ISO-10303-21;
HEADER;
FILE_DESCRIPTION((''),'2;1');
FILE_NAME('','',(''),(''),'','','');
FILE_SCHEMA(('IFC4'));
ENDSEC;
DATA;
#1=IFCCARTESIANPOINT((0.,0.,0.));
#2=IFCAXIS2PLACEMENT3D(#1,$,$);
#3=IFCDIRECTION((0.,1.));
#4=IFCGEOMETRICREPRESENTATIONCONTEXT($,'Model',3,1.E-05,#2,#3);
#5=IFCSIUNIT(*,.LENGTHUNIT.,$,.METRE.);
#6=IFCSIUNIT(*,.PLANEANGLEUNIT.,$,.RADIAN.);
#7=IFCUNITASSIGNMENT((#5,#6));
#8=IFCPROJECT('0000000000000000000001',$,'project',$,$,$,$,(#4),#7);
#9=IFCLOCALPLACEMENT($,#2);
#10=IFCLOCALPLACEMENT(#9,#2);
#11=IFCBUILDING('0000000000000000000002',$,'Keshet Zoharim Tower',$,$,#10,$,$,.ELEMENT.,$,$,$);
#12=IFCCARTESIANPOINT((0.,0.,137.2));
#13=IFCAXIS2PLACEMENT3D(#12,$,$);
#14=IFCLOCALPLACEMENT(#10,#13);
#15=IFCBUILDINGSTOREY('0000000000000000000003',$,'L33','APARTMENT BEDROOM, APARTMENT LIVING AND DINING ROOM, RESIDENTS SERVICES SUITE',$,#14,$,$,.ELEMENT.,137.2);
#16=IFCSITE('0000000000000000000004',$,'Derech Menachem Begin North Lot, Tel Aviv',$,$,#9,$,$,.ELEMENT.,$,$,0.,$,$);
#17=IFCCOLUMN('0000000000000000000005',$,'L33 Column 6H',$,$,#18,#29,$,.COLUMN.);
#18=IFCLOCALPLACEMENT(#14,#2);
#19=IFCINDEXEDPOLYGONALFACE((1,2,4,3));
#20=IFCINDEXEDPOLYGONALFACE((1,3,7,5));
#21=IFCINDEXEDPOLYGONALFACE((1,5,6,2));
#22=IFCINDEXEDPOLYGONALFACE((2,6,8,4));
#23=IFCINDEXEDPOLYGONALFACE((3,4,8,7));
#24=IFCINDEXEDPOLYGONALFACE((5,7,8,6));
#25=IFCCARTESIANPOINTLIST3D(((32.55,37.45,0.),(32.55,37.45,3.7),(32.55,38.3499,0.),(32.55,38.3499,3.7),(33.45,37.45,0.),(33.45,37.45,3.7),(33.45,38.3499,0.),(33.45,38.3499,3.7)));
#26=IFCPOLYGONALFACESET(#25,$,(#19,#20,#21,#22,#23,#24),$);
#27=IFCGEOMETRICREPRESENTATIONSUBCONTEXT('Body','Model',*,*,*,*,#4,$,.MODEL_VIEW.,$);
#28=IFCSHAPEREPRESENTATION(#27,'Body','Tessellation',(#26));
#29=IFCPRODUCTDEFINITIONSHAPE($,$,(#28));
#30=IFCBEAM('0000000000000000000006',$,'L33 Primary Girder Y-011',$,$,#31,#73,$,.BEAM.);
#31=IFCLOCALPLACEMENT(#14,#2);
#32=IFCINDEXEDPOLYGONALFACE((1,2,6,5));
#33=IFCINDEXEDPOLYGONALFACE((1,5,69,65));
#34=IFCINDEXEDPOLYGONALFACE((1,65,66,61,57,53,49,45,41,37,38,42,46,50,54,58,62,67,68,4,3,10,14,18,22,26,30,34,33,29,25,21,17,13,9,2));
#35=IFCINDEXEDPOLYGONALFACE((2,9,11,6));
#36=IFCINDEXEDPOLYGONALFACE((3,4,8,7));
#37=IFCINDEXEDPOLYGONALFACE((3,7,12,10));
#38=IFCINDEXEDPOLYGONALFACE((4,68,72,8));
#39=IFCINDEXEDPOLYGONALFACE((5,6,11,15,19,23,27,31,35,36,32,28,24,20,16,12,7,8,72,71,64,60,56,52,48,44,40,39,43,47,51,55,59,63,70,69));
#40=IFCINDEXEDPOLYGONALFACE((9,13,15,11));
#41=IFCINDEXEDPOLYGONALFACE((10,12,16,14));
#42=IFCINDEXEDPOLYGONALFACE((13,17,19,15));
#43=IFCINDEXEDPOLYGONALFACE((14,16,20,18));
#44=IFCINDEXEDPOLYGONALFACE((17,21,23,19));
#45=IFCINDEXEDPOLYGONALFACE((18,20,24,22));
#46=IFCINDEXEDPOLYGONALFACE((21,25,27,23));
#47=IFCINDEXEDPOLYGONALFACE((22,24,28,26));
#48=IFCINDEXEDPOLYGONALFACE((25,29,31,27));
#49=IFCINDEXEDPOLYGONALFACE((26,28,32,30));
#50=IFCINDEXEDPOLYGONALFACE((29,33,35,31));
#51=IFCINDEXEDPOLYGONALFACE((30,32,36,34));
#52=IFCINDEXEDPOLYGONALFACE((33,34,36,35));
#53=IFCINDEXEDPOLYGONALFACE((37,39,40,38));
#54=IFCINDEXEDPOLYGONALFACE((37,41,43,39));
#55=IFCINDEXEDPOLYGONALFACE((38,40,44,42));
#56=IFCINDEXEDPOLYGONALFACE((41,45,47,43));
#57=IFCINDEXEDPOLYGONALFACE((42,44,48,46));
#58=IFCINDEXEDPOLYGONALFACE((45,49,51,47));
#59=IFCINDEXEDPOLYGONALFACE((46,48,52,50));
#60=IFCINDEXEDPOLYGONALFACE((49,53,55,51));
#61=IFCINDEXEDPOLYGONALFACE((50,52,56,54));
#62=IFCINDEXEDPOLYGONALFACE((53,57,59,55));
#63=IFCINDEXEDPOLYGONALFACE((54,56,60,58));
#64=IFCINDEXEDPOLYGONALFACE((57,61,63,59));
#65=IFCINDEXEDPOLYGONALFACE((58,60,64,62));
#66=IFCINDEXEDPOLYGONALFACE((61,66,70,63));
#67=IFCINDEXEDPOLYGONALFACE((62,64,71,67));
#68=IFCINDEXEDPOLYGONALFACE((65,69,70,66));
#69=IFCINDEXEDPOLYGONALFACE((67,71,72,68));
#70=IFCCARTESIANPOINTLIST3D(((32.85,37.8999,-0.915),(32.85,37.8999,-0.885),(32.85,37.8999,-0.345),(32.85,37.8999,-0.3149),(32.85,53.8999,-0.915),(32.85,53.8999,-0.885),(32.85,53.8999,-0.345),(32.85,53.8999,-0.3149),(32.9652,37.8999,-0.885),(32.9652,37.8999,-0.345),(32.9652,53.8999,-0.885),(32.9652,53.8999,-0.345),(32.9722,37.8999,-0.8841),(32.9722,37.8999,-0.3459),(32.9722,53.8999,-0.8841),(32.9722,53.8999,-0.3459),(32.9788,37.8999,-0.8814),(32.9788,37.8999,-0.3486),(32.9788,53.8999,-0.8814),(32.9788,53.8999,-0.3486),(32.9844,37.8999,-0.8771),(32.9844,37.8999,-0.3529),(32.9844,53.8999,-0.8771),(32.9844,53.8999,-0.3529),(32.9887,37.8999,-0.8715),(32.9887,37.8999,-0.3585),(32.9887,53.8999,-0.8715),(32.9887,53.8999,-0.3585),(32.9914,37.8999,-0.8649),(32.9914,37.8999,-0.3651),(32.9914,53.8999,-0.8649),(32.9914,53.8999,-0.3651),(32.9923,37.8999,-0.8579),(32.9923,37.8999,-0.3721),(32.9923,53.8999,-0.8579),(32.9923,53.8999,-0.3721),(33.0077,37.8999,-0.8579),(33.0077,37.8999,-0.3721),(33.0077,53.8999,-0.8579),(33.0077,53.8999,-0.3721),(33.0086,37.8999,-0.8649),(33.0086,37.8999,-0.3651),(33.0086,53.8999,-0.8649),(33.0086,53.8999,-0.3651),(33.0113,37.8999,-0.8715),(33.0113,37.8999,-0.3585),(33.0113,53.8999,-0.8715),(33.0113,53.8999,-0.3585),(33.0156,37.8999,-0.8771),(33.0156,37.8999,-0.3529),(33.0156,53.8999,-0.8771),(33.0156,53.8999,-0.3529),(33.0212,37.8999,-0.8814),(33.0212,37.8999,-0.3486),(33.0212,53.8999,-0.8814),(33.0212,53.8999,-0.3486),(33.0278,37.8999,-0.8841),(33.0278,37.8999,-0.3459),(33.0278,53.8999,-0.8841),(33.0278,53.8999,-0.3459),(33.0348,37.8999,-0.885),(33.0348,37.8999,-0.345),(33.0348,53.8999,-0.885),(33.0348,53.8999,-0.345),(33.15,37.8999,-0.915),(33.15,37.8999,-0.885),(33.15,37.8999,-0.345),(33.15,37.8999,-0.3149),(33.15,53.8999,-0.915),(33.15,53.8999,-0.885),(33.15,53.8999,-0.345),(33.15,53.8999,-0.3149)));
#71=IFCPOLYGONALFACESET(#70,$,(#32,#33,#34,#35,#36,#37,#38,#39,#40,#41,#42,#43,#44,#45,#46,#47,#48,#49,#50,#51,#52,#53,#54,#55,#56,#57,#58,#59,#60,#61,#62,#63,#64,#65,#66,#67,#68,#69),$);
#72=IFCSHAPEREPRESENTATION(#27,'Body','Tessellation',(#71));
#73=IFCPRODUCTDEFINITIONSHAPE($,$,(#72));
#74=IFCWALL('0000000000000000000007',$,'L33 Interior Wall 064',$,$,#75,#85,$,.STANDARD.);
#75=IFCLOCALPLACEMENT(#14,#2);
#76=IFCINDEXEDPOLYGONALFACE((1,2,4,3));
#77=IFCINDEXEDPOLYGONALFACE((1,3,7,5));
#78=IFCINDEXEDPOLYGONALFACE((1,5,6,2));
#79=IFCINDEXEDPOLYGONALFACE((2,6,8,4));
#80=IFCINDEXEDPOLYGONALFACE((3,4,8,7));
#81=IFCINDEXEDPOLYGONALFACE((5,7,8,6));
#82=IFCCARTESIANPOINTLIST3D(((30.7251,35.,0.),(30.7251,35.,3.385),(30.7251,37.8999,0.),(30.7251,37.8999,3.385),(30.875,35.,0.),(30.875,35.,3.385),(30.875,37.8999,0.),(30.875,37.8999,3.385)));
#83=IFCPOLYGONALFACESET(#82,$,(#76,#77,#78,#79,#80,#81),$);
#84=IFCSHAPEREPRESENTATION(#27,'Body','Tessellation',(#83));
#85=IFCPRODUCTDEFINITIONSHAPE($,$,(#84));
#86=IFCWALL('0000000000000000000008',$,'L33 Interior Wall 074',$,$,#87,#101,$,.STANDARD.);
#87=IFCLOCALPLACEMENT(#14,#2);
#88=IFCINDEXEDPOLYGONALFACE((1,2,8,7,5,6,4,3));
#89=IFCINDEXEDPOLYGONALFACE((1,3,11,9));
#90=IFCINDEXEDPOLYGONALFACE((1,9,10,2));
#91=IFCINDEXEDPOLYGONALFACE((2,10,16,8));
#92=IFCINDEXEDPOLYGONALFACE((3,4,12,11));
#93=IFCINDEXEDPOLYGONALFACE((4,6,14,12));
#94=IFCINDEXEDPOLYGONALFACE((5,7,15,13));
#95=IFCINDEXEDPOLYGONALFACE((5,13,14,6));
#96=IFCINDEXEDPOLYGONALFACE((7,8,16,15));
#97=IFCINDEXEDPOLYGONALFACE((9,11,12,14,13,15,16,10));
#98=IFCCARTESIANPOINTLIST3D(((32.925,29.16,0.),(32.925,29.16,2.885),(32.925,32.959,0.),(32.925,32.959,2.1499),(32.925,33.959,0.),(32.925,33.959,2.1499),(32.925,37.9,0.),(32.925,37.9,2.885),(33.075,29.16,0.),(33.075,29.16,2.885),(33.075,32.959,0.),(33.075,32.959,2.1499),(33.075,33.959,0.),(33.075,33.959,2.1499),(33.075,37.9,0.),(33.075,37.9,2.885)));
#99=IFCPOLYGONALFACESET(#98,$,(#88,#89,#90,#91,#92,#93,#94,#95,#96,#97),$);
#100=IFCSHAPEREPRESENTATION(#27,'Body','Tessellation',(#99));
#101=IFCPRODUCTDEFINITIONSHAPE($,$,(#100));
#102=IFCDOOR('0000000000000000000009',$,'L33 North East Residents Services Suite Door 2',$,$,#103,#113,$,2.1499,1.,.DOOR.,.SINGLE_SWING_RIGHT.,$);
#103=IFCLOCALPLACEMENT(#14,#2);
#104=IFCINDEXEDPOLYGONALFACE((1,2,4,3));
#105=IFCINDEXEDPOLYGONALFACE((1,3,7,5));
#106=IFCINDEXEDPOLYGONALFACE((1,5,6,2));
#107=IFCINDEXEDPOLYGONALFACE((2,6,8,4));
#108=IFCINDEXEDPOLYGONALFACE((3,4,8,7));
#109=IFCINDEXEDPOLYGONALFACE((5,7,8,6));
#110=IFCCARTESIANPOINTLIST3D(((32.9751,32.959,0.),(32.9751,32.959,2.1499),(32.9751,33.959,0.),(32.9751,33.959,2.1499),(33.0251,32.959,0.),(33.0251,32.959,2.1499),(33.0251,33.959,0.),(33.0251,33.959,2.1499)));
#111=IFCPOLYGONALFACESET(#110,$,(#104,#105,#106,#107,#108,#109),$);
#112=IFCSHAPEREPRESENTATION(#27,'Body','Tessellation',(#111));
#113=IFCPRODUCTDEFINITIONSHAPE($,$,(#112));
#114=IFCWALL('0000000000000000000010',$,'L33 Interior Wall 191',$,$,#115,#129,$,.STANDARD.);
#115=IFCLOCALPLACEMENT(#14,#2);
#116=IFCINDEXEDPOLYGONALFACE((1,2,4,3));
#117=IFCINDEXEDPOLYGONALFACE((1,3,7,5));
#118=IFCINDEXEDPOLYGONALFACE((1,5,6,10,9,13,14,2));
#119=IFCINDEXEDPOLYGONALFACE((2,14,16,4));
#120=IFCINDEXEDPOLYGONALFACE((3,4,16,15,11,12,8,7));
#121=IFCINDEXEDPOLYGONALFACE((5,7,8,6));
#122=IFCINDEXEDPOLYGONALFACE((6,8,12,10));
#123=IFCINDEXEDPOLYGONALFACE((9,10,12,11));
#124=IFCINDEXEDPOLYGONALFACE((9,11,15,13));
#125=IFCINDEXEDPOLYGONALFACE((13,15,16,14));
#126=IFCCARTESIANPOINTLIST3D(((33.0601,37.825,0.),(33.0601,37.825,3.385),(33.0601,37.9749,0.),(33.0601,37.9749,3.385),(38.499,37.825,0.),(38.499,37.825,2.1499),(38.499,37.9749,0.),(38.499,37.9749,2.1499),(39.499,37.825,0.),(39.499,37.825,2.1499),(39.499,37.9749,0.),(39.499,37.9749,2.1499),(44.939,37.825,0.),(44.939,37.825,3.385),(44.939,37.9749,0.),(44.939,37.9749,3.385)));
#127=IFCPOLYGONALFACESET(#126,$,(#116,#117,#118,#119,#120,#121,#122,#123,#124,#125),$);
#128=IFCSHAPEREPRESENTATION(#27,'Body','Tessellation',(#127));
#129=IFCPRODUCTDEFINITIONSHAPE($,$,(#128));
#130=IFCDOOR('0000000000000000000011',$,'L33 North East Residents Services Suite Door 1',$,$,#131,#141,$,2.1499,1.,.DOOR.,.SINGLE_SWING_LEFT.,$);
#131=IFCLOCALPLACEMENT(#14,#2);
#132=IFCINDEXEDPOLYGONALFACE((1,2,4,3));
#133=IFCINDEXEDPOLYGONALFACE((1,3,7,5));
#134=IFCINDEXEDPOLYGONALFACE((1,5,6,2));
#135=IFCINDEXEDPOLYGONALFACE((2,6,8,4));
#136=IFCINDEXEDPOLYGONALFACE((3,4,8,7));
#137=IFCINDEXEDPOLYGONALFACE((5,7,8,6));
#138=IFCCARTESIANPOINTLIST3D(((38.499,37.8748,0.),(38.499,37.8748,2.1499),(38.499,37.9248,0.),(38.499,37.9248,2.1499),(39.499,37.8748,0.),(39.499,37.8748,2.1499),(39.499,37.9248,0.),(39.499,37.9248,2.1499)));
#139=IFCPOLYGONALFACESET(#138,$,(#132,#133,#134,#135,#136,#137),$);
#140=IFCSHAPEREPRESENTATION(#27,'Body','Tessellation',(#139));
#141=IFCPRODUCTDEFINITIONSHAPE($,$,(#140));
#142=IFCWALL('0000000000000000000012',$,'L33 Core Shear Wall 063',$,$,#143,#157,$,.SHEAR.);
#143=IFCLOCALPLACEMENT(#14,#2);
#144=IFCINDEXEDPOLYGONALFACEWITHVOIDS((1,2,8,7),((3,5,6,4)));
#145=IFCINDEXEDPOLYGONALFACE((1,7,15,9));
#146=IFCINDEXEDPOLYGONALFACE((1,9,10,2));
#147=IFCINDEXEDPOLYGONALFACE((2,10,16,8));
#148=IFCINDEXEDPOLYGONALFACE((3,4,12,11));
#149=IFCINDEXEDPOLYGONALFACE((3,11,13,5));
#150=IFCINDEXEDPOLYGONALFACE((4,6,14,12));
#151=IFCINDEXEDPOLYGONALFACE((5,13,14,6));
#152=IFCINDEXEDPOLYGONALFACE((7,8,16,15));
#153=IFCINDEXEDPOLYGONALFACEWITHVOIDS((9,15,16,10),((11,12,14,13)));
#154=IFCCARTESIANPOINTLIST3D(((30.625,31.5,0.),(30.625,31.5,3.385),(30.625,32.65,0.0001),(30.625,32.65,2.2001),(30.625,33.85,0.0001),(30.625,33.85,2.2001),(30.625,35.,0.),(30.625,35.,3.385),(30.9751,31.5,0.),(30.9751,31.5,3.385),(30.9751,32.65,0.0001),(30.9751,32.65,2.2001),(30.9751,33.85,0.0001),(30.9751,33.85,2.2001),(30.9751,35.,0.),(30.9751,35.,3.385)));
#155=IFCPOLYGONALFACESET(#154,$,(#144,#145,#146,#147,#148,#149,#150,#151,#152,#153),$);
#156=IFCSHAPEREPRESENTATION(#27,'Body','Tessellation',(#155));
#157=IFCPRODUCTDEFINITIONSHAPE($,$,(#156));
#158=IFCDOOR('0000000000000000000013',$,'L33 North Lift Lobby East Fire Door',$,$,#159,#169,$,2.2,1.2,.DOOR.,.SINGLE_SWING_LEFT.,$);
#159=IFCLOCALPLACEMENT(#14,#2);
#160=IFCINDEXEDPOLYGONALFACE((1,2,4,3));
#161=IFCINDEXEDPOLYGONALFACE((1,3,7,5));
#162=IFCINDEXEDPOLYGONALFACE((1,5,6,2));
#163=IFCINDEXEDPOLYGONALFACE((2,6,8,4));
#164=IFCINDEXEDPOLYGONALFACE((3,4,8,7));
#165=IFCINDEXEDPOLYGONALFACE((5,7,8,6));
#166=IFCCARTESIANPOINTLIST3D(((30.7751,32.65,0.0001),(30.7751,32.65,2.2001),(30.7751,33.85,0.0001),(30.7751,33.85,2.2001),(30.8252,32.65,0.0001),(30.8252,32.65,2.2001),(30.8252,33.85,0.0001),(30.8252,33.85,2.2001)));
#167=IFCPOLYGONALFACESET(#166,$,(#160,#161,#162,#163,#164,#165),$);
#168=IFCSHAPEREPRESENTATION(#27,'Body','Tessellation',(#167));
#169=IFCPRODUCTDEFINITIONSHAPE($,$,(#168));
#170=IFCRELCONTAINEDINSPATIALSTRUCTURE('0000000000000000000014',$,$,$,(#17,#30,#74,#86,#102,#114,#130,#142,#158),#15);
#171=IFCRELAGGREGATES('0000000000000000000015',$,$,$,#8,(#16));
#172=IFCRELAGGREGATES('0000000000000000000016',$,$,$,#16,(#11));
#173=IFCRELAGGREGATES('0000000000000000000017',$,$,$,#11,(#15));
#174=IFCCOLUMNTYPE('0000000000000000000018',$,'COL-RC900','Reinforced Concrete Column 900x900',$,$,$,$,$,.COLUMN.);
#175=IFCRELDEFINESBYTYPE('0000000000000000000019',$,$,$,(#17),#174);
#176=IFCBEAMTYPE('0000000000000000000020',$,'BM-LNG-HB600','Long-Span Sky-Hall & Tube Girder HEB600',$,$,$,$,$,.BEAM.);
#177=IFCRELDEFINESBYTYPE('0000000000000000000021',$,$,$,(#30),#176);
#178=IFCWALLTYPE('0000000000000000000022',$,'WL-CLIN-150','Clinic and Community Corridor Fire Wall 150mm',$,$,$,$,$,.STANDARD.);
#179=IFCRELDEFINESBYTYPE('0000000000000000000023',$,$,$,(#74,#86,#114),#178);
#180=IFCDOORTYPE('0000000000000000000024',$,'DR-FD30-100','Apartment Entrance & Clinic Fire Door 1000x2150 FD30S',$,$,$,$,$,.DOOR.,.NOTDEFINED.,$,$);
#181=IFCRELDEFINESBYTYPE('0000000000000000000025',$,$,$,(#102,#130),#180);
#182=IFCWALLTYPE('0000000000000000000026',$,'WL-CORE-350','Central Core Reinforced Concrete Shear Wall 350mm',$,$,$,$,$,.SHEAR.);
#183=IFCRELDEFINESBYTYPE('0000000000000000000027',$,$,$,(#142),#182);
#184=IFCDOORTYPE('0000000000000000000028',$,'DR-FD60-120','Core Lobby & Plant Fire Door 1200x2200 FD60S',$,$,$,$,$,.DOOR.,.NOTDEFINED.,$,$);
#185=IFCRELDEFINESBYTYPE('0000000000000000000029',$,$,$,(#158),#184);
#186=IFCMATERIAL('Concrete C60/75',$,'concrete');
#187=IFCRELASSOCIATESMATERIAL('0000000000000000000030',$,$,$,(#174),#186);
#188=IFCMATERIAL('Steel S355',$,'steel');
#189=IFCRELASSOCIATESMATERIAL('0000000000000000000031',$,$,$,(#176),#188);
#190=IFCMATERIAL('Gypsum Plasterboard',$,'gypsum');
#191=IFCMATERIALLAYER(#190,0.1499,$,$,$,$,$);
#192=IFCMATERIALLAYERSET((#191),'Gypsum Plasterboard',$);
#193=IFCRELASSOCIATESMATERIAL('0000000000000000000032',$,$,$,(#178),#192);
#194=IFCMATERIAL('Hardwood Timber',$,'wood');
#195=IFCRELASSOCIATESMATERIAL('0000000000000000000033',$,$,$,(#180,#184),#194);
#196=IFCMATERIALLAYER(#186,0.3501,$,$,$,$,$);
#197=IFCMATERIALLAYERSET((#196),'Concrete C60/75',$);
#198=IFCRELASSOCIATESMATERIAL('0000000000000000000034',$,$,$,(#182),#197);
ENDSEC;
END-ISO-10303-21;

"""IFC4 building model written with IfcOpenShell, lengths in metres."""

from ifc_helpers import new_model, si_unit, direction, frame, frame_2d, origin, origin_2d, place, context, subcontext, project, spatial, rectangle, i_section, extrude, material, layer, layer_set, material_profile, profile_set, type_object, element, fill, save


model = new_model("IFC4")

# Units and contexts
model_context = context("Model", 3, precision=1e-05, world=origin(), true_north=direction((0.0, 1.0)))
body_context = subcontext(model_context, "Body", "Model", "MODEL_VIEW")
ifc_project = project(units=[si_unit("LENGTHUNIT", "METRE"), si_unit("PLANEANGLEUNIT", "RADIAN")], contexts=[model_context])

# Site, building, storey
site_placement = place(None, origin())
site = spatial("IfcSite", under=ifc_project, at=site_placement, Name="Derech Menachem Begin North Lot, Tel Aviv", CompositionType="ELEMENT", RefElevation=0.0)
building_placement = place(site_placement, origin())
building = spatial("IfcBuilding", under=site, at=building_placement, Name="Keshet Zoharim Tower", CompositionType="ELEMENT")
storey_placement = place(building_placement, frame((0.0, 0.0, 137.2)))
storey = spatial("IfcBuildingStorey", under=building, at=storey_placement, Name="L33", Description="APARTMENT BEDROOM, APARTMENT LIVING AND DINING ROOM, RESIDENTS SERVICES SUITE", CompositionType="ELEMENT", Elevation=137.2)

# Column
ifc_material_1 = material(Name="Concrete C60/75", Category="concrete")
ifc_material_profile_1 = material_profile(ifc_material_1, rectangle(XDim=0.8999, YDim=0.8999, at=origin_2d()), Name="RC900x900")
ifc_profile_set_1 = profile_set([ifc_material_profile_1], Name="Concrete C60/75")
column_type = type_object("IfcColumnType", Name="COL-RC900", Description="Reinforced Concrete Column 900x900", PredefinedType="COLUMN", material=ifc_profile_set_1)
column_placement = place(storey_placement, frame((33.0, 37.8999, 0.0), z_axis=(0.0, 0.0, 1.0), x_axis=(1.0, 0.0, 0.0)))
element("IfcColumn", 1, at=column_placement, inside=storey, type_object=column_type, Name="L33 Column 6H", PredefinedType="COLUMN", context=body_context, shape_type="SweptSolid", body=[
    extrude(rectangle(XDim=0.8999, YDim=0.8999, at=origin_2d()), origin(), (0.0, 0.0, 1.0), 3.7),
])

# Beam
ifc_material_2 = material(Name="Steel S355", Category="steel")
ifc_material_profile_2 = material_profile(ifc_material_2, i_section(OverallWidth=0.3, OverallDepth=0.6001, WebThickness=0.0154, FlangeThickness=0.03, FilletRadius=0.0271, at=origin_2d()), Name="HEB600")
ifc_profile_set_2 = profile_set([ifc_material_profile_2], Name="Steel S355")
beam_type = type_object("IfcBeamType", Name="BM-LNG-HB600", Description="Long-Span Sky-Hall & Tube Girder HEB600", PredefinedType="BEAM", material=ifc_profile_set_2)
beam_placement = place(storey_placement, frame((33.0, 37.8999, -0.615), z_axis=(0.0, 1.0, 0.0), x_axis=(-1.0, 0.0, 0.0)))
element("IfcBeam", 2, at=beam_placement, inside=storey, type_object=beam_type, Name="L33 Primary Girder Y-011", PredefinedType="BEAM", context=body_context, shape_type="SweptSolid", body=[
    extrude(i_section(OverallWidth=0.3, OverallDepth=0.6001, WebThickness=0.0154, FlangeThickness=0.03, FilletRadius=0.0271, at=origin_2d()), origin(), (0.0, 0.0, 1.0), 16.0),
])

# Wall
ifc_material_3 = material(Name="Gypsum Plasterboard", Category="gypsum")
ifc_layer_1 = layer(ifc_material_3, 0.1499)
ifc_layer_set_1 = layer_set([ifc_layer_1], Name="Gypsum Plasterboard")
wall_type_1 = type_object("IfcWallType", Name="WL-CLIN-150", Description="Clinic and Community Corridor Fire Wall 150mm", PredefinedType="STANDARD", material=ifc_layer_set_1)
wall_1_placement = place(storey_placement, frame((30.8, 35.0, 0.0), z_axis=(0.0, 0.0, 1.0), x_axis=(0.0, 1.0, 0.0)))
element("IfcWall", 3, at=wall_1_placement, inside=storey, type_object=wall_type_1, Name="L33 Interior Wall 064", PredefinedType="STANDARD", context=body_context, shape_type="SweptSolid", body=[
    extrude(rectangle(XDim=2.8999, YDim=0.1499, at=frame_2d((1.45, 0.0))), origin(), (0.0, 0.0, 1.0), 3.385),
])

# Walls, openings, doors
wall_2_placement = place(storey_placement, frame((33.0, 29.1599, 0.0), z_axis=(0.0, 0.0, 1.0), x_axis=(0.0, 1.0, 0.0)))
wall_2 = element("IfcWall", 4, at=wall_2_placement, inside=storey, type_object=wall_type_1, Name="L33 Interior Wall 074", PredefinedType="STANDARD", context=body_context, shape_type="SweptSolid", body=[
    extrude(rectangle(XDim=8.74, YDim=0.1499, at=frame_2d((4.3701, 0.0))), origin(), (0.0, 0.0, 1.0), 2.885),
])
opening_1_placement = place(wall_2_placement, frame((3.7991, 0.0, 0.0)))
opening_1 = element("IfcOpeningElement", 5, at=opening_1_placement, cuts=wall_2, PredefinedType="OPENING", context=body_context, shape_type="SweptSolid", body=[
    extrude(rectangle(XDim=1.0, YDim=2.1499, at=frame_2d((0.5, 1.075))), frame((0.0, 0.085, 0.0), z_axis=(0.0, -1.0, 0.0), x_axis=(1.0, 0.0, 0.0)), (0.0, 0.0, 1.0), 0.1699),
])
ifc_material_4 = material(Name="Hardwood Timber", Category="wood")
door_type_1 = type_object("IfcDoorType", Name="DR-FD30-100", Description="Apartment Entrance & Clinic Fire Door 1000x2150 FD30S", OperationType="NOTDEFINED", PredefinedType="DOOR", material=ifc_material_4)
door_1_placement = place(opening_1_placement, origin())
door_1 = element("IfcDoor", 6, at=door_1_placement, inside=storey, type_object=door_type_1, Name="L33 North East Residents Services Suite Door 2", OperationType="SINGLE_SWING_RIGHT", OverallHeight=2.1499, OverallWidth=1.0, PredefinedType="DOOR", context=body_context, shape_type="SweptSolid", body=[
    extrude(rectangle(XDim=1.0, YDim=2.1499, at=frame_2d((0.5, 1.075))), frame((0.0, 0.0249, 0.0), z_axis=(0.0, -1.0, 0.0), x_axis=(1.0, 0.0, 0.0)), (0.0, 0.0, 1.0), 0.05),
])
fill(opening_1, door_1)
wall_3_placement = place(storey_placement, frame((33.0601, 37.8999, 0.0), z_axis=(0.0, 0.0, 1.0), x_axis=(1.0, 0.0, 0.0)))
wall_3 = element("IfcWall", 7, at=wall_3_placement, inside=storey, type_object=wall_type_1, Name="L33 Interior Wall 191", PredefinedType="STANDARD", context=body_context, shape_type="SweptSolid", body=[
    extrude(rectangle(XDim=11.8789, YDim=0.1499, at=frame_2d((5.9395, 0.0))), origin(), (0.0, 0.0, 1.0), 3.385),
])
opening_2_placement = place(wall_3_placement, frame((5.439, 0.0, 0.0)))
opening_2 = element("IfcOpeningElement", 8, at=opening_2_placement, cuts=wall_3, PredefinedType="OPENING", context=body_context, shape_type="SweptSolid", body=[
    extrude(rectangle(XDim=1.0, YDim=2.1499, at=frame_2d((0.5, 1.075))), frame((0.0, 0.085, 0.0), z_axis=(0.0, -1.0, 0.0), x_axis=(1.0, 0.0, 0.0)), (0.0, 0.0, 1.0), 0.1699),
])
door_2_placement = place(opening_2_placement, origin())
door_2 = element("IfcDoor", 9, at=door_2_placement, inside=storey, type_object=door_type_1, Name="L33 North East Residents Services Suite Door 1", OperationType="SINGLE_SWING_LEFT", OverallHeight=2.1499, OverallWidth=1.0, PredefinedType="DOOR", context=body_context, shape_type="SweptSolid", body=[
    extrude(rectangle(XDim=1.0, YDim=2.1499, at=frame_2d((0.5, 1.075))), frame((0.0, 0.0249, 0.0), z_axis=(0.0, -1.0, 0.0), x_axis=(1.0, 0.0, 0.0)), (0.0, 0.0, 1.0), 0.05),
])
fill(opening_2, door_2)
ifc_layer_2 = layer(ifc_material_1, 0.3501)
ifc_layer_set_2 = layer_set([ifc_layer_2], Name="Concrete C60/75")
wall_type_2 = type_object("IfcWallType", Name="WL-CORE-350", Description="Central Core Reinforced Concrete Shear Wall 350mm", PredefinedType="SHEAR", material=ifc_layer_set_2)
wall_4_placement = place(storey_placement, frame((30.8, 31.5, 0.0), z_axis=(0.0, 0.0, 1.0), x_axis=(0.0, 1.0, 0.0)))
wall_4 = element("IfcWall", 10, at=wall_4_placement, inside=storey, type_object=wall_type_2, Name="L33 Core Shear Wall 063", PredefinedType="SHEAR", context=body_context, shape_type="SweptSolid", body=[
    extrude(rectangle(XDim=3.5, YDim=0.3501, at=frame_2d((1.75, 0.0))), origin(), (0.0, 0.0, 1.0), 3.385),
])
opening_3_placement = place(wall_4_placement, frame((1.1499, 0.0, 0.0)))
opening_3 = element("IfcOpeningElement", 11, at=opening_3_placement, cuts=wall_4, PredefinedType="OPENING", context=body_context, shape_type="SweptSolid", body=[
    extrude(rectangle(XDim=1.2, YDim=2.2, at=frame_2d((0.6001, 1.1001))), frame((0.0, 0.1851, 0.0), z_axis=(0.0, -1.0, 0.0), x_axis=(1.0, 0.0, 0.0)), (0.0, 0.0, 1.0), 0.3701),
])
door_type_2 = type_object("IfcDoorType", Name="DR-FD60-120", Description="Core Lobby & Plant Fire Door 1200x2200 FD60S", OperationType="NOTDEFINED", PredefinedType="DOOR", material=ifc_material_4)
door_3_placement = place(opening_3_placement, origin())
door_3 = element("IfcDoor", 12, at=door_3_placement, inside=storey, type_object=door_type_2, Name="L33 North Lift Lobby East Fire Door", OperationType="SINGLE_SWING_LEFT", OverallHeight=2.2, OverallWidth=1.2, PredefinedType="DOOR", context=body_context, shape_type="SweptSolid", body=[
    extrude(rectangle(XDim=1.2, YDim=2.2, at=frame_2d((0.6001, 1.1001))), frame((0.0, 0.0249, 0.0), z_axis=(0.0, -1.0, 0.0), x_axis=(1.0, 0.0, 0.0)), (0.0, 0.0, 1.0), 0.05),
])
fill(opening_3, door_3)

save(model, "model.ifc")
